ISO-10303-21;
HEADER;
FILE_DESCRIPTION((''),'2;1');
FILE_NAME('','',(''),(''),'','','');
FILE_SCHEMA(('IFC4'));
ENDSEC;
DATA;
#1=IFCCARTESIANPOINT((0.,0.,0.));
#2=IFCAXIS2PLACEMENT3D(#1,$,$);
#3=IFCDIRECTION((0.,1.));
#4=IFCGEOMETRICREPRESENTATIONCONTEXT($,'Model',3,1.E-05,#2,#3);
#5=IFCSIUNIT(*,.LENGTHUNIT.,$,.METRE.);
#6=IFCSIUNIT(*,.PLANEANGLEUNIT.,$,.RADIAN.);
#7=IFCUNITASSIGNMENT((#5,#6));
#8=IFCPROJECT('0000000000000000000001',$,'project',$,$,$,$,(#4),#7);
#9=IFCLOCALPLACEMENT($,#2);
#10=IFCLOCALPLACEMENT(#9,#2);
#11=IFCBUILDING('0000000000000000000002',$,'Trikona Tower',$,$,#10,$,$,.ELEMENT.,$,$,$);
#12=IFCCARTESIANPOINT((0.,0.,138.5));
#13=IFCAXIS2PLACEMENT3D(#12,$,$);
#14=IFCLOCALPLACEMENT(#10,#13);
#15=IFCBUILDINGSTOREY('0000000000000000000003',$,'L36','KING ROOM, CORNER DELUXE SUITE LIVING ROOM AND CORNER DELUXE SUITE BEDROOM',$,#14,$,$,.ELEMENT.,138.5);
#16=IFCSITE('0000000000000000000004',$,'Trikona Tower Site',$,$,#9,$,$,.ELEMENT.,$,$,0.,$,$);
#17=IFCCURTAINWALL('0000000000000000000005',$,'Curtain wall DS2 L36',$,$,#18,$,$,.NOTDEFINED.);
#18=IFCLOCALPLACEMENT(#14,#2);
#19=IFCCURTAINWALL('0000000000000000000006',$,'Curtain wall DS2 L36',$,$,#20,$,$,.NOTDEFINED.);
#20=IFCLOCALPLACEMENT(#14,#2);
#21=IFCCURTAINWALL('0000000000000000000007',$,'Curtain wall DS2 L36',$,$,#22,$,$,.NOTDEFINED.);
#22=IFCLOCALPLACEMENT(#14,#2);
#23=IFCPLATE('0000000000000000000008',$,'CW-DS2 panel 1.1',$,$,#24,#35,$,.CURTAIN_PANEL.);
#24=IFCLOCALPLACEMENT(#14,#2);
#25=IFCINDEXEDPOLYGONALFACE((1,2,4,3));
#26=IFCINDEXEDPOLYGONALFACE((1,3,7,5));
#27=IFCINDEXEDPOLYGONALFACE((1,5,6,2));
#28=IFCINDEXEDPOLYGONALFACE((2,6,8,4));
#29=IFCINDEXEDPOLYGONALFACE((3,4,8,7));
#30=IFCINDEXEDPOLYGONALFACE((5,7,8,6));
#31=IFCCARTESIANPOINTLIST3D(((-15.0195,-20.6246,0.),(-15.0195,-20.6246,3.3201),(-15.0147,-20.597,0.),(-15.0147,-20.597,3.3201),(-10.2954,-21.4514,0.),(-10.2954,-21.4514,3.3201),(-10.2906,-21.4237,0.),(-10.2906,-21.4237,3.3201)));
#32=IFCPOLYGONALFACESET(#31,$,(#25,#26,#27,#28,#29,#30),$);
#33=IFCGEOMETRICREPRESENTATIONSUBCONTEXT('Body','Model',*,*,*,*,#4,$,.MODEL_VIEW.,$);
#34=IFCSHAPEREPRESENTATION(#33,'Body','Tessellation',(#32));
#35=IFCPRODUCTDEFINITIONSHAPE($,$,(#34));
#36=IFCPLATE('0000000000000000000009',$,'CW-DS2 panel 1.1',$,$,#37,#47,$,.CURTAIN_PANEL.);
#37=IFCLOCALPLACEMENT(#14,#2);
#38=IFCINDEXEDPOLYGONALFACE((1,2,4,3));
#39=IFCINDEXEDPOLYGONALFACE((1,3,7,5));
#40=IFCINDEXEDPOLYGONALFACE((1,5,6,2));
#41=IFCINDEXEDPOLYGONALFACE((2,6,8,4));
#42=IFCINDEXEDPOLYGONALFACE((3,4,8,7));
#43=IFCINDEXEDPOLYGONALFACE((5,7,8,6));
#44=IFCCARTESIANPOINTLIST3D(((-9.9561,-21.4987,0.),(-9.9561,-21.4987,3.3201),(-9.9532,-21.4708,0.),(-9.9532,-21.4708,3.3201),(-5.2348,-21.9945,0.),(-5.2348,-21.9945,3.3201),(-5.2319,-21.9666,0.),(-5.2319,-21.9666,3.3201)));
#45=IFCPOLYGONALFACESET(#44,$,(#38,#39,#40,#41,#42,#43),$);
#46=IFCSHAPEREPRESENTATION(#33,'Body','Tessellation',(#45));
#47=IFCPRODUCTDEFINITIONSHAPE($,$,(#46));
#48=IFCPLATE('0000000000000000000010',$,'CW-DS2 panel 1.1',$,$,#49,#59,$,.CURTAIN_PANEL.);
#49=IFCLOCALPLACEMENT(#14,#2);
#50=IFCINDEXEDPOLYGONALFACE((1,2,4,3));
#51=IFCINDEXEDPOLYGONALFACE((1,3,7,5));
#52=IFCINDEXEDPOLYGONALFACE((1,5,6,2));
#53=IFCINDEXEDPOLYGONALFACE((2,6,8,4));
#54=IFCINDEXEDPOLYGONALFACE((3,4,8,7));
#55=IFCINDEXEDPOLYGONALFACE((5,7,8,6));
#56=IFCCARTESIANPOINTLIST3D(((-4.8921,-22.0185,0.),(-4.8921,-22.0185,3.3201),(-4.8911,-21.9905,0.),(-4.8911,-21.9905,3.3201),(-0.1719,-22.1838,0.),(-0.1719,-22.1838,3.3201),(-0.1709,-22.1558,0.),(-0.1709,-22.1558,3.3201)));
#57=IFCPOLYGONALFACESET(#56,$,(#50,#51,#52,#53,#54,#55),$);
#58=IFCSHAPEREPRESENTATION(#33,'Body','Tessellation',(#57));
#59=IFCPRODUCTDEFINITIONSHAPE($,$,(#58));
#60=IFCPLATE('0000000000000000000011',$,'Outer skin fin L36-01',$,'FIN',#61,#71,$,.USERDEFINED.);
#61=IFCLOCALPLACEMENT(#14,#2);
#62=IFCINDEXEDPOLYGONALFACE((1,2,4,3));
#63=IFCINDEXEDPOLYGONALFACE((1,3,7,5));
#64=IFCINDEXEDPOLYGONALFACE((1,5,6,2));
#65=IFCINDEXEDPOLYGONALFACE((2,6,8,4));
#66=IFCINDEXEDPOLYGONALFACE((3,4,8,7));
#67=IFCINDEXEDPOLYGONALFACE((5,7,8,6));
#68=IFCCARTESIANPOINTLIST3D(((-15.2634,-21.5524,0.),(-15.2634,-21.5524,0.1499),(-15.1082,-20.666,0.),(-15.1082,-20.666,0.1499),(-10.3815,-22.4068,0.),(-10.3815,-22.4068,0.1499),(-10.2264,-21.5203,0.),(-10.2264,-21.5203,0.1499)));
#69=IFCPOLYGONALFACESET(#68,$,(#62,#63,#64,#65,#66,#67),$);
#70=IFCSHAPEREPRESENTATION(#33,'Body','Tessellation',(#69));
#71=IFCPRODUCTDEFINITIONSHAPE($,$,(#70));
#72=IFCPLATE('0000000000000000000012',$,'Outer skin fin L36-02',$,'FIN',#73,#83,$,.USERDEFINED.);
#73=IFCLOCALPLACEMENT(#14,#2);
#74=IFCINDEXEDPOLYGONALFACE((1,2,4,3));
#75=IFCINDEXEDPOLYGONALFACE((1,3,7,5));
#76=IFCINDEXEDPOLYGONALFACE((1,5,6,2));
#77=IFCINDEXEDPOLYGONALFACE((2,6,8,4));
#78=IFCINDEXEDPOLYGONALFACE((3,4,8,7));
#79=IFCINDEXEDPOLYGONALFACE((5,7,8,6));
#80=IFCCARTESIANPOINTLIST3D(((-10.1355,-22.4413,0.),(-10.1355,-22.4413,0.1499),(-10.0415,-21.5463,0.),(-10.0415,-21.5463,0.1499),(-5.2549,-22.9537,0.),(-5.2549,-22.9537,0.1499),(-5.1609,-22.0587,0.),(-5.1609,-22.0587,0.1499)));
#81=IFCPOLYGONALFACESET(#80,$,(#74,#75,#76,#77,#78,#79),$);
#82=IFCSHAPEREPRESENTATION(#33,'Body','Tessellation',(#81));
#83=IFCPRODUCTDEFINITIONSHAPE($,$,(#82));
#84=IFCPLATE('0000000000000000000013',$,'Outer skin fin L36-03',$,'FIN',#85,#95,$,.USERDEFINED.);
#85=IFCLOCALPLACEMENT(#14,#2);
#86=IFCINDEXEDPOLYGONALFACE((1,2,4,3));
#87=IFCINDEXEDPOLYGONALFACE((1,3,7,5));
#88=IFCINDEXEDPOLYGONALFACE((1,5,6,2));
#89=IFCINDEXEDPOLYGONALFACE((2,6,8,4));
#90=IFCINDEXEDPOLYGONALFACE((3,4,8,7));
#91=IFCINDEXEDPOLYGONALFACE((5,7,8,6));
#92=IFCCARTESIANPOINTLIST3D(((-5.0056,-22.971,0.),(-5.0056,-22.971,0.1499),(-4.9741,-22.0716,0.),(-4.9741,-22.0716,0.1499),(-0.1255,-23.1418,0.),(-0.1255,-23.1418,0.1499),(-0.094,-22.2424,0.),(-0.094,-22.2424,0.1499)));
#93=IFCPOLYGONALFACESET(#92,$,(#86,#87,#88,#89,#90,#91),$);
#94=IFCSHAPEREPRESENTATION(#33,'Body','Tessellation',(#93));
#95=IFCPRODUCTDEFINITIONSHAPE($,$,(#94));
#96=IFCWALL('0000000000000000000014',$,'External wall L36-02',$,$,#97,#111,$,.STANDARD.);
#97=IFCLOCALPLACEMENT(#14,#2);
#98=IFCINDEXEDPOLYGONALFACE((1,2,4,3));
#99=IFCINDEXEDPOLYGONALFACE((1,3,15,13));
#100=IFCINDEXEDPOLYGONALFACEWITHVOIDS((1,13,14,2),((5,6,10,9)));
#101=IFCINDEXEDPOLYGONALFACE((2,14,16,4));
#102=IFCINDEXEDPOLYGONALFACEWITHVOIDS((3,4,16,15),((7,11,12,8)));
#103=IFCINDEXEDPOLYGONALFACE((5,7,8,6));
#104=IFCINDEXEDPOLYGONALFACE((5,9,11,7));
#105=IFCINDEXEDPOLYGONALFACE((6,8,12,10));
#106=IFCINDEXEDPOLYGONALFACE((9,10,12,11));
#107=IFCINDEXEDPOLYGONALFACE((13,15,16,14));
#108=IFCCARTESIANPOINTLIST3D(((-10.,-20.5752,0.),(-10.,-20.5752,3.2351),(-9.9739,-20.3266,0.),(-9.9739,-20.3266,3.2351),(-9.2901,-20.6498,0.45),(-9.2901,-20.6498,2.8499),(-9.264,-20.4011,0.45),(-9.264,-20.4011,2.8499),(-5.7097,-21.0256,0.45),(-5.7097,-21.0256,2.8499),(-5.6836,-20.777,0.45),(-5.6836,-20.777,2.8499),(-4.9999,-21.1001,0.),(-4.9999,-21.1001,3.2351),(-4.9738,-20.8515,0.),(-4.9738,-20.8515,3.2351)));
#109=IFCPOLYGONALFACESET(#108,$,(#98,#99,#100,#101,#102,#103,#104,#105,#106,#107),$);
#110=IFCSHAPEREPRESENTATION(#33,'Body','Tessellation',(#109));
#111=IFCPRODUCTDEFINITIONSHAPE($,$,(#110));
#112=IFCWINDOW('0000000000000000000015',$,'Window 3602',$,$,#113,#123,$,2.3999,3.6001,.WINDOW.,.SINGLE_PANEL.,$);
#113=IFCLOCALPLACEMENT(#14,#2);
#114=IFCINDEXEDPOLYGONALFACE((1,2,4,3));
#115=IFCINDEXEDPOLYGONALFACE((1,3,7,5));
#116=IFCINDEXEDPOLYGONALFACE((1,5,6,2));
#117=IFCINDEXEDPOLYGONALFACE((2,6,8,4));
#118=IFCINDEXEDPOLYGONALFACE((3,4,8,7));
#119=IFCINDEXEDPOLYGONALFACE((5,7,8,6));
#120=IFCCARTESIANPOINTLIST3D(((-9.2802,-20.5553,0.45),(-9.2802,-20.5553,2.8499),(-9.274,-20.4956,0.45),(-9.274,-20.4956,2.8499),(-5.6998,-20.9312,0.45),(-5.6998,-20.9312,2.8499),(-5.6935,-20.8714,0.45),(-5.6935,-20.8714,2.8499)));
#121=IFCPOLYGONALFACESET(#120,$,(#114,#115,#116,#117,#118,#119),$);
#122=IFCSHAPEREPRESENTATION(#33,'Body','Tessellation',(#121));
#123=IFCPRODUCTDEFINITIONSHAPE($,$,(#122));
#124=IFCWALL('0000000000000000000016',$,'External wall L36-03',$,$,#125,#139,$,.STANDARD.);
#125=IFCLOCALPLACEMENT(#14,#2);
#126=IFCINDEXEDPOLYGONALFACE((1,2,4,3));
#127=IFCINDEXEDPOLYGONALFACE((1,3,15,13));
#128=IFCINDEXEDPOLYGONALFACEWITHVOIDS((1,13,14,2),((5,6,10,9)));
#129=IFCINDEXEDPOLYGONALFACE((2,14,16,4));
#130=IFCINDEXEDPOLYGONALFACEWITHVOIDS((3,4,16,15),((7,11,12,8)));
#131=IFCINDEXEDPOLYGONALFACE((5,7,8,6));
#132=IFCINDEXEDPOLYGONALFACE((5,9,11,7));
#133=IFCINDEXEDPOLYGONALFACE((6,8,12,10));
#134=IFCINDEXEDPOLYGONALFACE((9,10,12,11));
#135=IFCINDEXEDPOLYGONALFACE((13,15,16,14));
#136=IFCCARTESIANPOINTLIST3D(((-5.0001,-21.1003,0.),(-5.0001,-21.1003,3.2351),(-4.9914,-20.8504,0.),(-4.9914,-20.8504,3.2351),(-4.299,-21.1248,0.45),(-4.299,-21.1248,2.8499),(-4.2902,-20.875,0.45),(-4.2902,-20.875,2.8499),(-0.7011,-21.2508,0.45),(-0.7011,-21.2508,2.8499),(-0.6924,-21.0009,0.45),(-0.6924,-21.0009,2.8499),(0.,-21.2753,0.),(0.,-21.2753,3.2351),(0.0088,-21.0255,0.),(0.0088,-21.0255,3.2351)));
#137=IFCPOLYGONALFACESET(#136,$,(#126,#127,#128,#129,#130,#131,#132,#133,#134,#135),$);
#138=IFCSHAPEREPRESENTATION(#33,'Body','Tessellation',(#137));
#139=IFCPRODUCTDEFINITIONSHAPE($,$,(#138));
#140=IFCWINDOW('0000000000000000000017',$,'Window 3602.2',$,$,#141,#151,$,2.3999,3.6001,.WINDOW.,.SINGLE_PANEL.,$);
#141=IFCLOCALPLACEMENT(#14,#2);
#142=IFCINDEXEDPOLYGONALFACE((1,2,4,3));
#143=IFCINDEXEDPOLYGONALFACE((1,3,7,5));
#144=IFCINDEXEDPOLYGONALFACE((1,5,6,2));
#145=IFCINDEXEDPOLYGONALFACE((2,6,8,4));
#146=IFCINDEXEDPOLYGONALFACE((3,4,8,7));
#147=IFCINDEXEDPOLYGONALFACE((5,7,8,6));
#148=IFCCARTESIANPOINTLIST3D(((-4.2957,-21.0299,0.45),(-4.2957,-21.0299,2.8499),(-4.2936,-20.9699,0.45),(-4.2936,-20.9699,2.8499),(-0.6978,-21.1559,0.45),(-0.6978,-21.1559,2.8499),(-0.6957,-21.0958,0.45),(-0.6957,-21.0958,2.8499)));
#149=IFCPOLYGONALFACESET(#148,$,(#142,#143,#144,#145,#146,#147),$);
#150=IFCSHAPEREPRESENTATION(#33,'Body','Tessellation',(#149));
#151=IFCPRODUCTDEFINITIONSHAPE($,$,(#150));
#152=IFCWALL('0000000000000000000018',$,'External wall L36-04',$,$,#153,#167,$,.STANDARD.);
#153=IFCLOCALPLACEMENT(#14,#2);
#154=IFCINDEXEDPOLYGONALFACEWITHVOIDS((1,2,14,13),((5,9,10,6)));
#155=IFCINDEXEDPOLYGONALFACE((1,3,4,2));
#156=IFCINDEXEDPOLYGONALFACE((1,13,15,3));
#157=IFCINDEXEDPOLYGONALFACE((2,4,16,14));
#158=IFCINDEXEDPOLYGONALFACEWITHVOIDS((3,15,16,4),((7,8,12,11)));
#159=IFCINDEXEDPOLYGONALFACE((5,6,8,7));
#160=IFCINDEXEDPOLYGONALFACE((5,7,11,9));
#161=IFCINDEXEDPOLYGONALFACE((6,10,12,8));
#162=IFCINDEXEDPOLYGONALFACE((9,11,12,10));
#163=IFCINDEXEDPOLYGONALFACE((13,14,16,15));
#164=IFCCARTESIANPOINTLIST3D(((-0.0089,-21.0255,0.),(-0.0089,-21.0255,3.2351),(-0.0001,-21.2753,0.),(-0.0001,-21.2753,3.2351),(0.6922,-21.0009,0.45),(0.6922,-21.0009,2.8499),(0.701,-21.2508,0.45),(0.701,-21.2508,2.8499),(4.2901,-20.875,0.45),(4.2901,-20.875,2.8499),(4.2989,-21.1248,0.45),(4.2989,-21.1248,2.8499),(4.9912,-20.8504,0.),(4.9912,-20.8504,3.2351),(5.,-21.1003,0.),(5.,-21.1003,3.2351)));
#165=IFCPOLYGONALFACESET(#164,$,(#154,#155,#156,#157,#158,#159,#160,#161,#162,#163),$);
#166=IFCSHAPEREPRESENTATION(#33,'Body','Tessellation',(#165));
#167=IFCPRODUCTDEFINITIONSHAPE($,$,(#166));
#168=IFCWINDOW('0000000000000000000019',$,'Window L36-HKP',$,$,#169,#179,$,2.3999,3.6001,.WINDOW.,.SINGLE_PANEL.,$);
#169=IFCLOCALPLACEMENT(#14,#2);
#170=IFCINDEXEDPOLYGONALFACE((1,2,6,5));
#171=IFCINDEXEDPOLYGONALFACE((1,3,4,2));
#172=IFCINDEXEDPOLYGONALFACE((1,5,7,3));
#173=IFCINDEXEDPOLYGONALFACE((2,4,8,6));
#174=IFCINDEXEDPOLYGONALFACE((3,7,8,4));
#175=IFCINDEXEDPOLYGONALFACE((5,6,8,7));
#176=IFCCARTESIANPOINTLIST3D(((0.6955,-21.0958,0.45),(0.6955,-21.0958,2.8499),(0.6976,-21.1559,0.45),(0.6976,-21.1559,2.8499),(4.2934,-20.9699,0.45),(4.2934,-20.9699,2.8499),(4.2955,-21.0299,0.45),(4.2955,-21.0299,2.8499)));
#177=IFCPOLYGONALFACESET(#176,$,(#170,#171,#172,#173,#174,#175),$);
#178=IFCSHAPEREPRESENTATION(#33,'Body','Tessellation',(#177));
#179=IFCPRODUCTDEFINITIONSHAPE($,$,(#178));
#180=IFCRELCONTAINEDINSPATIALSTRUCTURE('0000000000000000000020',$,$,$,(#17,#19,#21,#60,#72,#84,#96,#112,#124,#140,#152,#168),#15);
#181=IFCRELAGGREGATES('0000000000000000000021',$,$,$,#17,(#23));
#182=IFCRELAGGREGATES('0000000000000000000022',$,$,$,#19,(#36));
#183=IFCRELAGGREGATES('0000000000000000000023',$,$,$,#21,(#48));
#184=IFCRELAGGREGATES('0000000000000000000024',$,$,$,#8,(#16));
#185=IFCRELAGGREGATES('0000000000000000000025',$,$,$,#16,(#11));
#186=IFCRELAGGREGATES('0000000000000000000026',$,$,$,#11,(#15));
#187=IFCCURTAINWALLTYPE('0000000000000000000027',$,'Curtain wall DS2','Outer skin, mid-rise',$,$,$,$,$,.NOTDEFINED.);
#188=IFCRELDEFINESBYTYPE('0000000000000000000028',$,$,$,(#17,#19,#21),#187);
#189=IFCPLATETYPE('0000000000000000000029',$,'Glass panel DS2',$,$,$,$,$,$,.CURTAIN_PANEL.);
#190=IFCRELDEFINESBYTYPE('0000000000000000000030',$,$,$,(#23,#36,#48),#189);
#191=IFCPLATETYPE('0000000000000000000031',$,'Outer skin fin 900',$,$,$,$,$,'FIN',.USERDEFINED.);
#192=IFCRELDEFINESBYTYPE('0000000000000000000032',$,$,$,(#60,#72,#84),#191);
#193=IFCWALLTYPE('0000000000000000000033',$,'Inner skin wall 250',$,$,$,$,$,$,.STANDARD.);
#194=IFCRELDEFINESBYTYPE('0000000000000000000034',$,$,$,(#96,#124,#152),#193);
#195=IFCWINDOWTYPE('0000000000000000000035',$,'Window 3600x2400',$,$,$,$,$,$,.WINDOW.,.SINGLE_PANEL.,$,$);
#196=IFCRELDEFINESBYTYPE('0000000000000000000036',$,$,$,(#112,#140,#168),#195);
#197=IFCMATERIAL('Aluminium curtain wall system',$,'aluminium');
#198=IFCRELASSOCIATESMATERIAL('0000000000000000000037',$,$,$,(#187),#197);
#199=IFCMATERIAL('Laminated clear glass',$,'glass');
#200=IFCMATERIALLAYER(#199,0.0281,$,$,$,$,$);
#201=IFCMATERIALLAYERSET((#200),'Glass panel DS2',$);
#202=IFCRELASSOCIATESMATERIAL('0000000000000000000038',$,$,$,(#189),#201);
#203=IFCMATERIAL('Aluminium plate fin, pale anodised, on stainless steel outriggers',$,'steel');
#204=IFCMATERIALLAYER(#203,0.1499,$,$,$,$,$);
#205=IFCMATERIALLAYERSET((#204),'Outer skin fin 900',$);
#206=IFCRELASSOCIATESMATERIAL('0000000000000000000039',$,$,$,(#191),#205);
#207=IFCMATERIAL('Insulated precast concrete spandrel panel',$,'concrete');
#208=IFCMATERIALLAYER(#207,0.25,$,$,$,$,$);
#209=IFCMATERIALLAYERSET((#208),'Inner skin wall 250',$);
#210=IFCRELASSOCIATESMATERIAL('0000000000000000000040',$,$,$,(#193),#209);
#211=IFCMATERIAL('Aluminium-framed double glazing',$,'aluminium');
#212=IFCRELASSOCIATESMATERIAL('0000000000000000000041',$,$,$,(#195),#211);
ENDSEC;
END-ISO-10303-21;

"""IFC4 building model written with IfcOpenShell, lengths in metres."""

from ifc_helpers import new_model, si_unit, direction, frame, frame_2d, origin, origin_2d, place, context, subcontext, project, spatial, rectangle, extrude, material, layer, layer_set, type_object, element, fill, aggregate, save


model = new_model("IFC4")

# Units and contexts
model_context = context("Model", 3, precision=1e-05, world=origin(), true_north=direction((0.0, 1.0)))
body_context = subcontext(model_context, "Body", "Model", "MODEL_VIEW")
ifc_project = project(units=[si_unit("LENGTHUNIT", "METRE"), si_unit("PLANEANGLEUNIT", "RADIAN")], contexts=[model_context])

# Site, building, storey
site_placement = place(None, origin())
site = spatial("IfcSite", under=ifc_project, at=site_placement, Name="Trikona Tower Site", CompositionType="ELEMENT", RefElevation=0.0)
building_placement = place(site_placement, origin())
building = spatial("IfcBuilding", under=site, at=building_placement, Name="Trikona Tower", CompositionType="ELEMENT")
storey_placement = place(building_placement, frame((0.0, 0.0, 138.5)))
storey = spatial("IfcBuildingStorey", under=building, at=storey_placement, Name="L36", Description="KING ROOM, CORNER DELUXE SUITE LIVING ROOM AND CORNER DELUXE SUITE BEDROOM", CompositionType="ELEMENT", Elevation=138.5)

# Curtain wall
ifc_material_1 = material(Name="Aluminium curtain wall system", Category="aluminium")
curtain_wall_type = type_object("IfcCurtainWallType", Name="Curtain wall DS2", Description="Outer skin, mid-rise", PredefinedType="NOTDEFINED", material=ifc_material_1)
curtain_wall_1_placement = place(storey_placement, origin())
curtain_wall_1 = element("IfcCurtainWall", 1, at=curtain_wall_1_placement, inside=storey, type_object=curtain_wall_type, Name="Curtain wall DS2 L36", PredefinedType="NOTDEFINED")

# Curtain walls
curtain_wall_2_placement = place(storey_placement, origin())
curtain_wall_2 = element("IfcCurtainWall", 2, at=curtain_wall_2_placement, inside=storey, type_object=curtain_wall_type, Name="Curtain wall DS2 L36", PredefinedType="NOTDEFINED")
curtain_wall_3_placement = place(storey_placement, origin())
curtain_wall_3 = element("IfcCurtainWall", 3, at=curtain_wall_3_placement, inside=storey, type_object=curtain_wall_type, Name="Curtain wall DS2 L36", PredefinedType="NOTDEFINED")

# Plates
ifc_material_2 = material(Name="Laminated clear glass", Category="glass")
ifc_layer_1 = layer(ifc_material_2, 0.0281)
ifc_layer_set_1 = layer_set([ifc_layer_1], Name="Glass panel DS2")
plate_type_1 = type_object("IfcPlateType", Name="Glass panel DS2", PredefinedType="CURTAIN_PANEL", material=ifc_layer_set_1)
plate_1_placement = place(storey_placement, frame((-12.655, -21.0242, 0.0), z_axis=(0.0, 0.0, 1.0), x_axis=(0.985031, -0.172377, 0.0)))
plate_1 = element("IfcPlate", 4, at=plate_1_placement, type_object=plate_type_1, Name="CW-DS2 panel 1.1", PredefinedType="CURTAIN_PANEL", context=body_context, shape_type="SweptSolid", body=[
    extrude(rectangle(XDim=4.7959, YDim=0.0281, at=origin_2d()), origin(), (0.0, 0.0, 1.0), 3.3201),
])
aggregate(curtain_wall_1, [plate_1])
plate_2_placement = place(storey_placement, frame((-7.594, -21.7327, 0.0), z_axis=(0.0, 0.0, 1.0), x_axis=(0.994532, -0.104433, 0.0)))
plate_2 = element("IfcPlate", 5, at=plate_2_placement, type_object=plate_type_1, Name="CW-DS2 panel 1.1", PredefinedType="CURTAIN_PANEL", context=body_context, shape_type="SweptSolid", body=[
    extrude(rectangle(XDim=4.7473, YDim=0.0281, at=origin_2d()), origin(), (0.0, 0.0, 1.0), 3.3201),
])
aggregate(curtain_wall_2, [plate_2])
plate_3_placement = place(storey_placement, frame((-2.5315, -22.0872, 0.0), z_axis=(0.0, 0.0, 1.0), x_axis=(0.999387, -0.034998, 0.0)))
plate_3 = element("IfcPlate", 6, at=plate_3_placement, type_object=plate_type_1, Name="CW-DS2 panel 1.1", PredefinedType="CURTAIN_PANEL", context=body_context, shape_type="SweptSolid", body=[
    extrude(rectangle(XDim=4.7231, YDim=0.0281, at=origin_2d()), origin(), (0.0, 0.0, 1.0), 3.3201),
])
aggregate(curtain_wall_3, [plate_3])

# Plates
ifc_material_3 = material(Name="Aluminium plate fin, pale anodised, on stainless steel outriggers", Category="steel")
ifc_layer_2 = layer(ifc_material_3, 0.1499)
ifc_layer_set_2 = layer_set([ifc_layer_2], Name="Outer skin fin 900")
plate_type_2 = type_object("IfcPlateType", Name="Outer skin fin 900", ElementType="FIN", PredefinedType="USERDEFINED", material=ifc_layer_set_2)
plate_4_placement = place(storey_placement, frame((-12.7449, -21.5364, 0.0), z_axis=(0.0, 0.0, 1.0), x_axis=(0.985031, -0.17238, 0.0)))
element("IfcPlate", 7, at=plate_4_placement, inside=storey, type_object=plate_type_2, Name="Outer skin fin L36-01", ObjectType="FIN", PredefinedType="USERDEFINED", context=body_context, shape_type="SweptSolid", body=[
    extrude(rectangle(XDim=4.9561, YDim=0.8999, at=origin_2d()), origin(), (0.0, 0.0, 1.0), 0.1499),
])
plate_5_placement = place(storey_placement, frame((-7.6482, -22.25, 0.0), z_axis=(0.0, 0.0, 1.0), x_axis=(0.994533, -0.104426, 0.0)))
element("IfcPlate", 8, at=plate_5_placement, inside=storey, type_object=plate_type_2, Name="Outer skin fin L36-02", ObjectType="FIN", PredefinedType="USERDEFINED", context=body_context, shape_type="SweptSolid", body=[
    extrude(rectangle(XDim=4.9075, YDim=0.8999, at=origin_2d()), origin(), (0.0, 0.0, 1.0), 0.1499),
])
plate_6_placement = place(storey_placement, frame((-2.5498, -22.6067, 0.0), z_axis=(0.0, 0.0, 1.0), x_axis=(0.999388, -0.034978, 0.0)))
element("IfcPlate", 9, at=plate_6_placement, inside=storey, type_object=plate_type_2, Name="Outer skin fin L36-03", ObjectType="FIN", PredefinedType="USERDEFINED", context=body_context, shape_type="SweptSolid", body=[
    extrude(rectangle(XDim=4.8831, YDim=0.8999, at=origin_2d()), origin(), (0.0, 0.0, 1.0), 0.1499),
])

# Walls, openings, windows
ifc_material_4 = material(Name="Insulated precast concrete spandrel panel", Category="concrete")
ifc_layer_3 = layer(ifc_material_4, 0.25)
ifc_layer_set_3 = layer_set([ifc_layer_3], Name="Inner skin wall 250")
wall_type = type_object("IfcWallType", Name="Inner skin wall 250", PredefinedType="STANDARD", material=ifc_layer_set_3)
wall_1_placement = place(storey_placement, frame((-9.9868, -20.4509, 0.0), z_axis=(0.0, 0.0, 1.0), x_axis=(0.994535, -0.104407, 0.0)))
wall_1 = element("IfcWall", 10, at=wall_1_placement, inside=storey, type_object=wall_type, Name="External wall L36-02", PredefinedType="STANDARD", context=body_context, shape_type="SweptSolid", body=[
    extrude(rectangle(XDim=5.0276, YDim=0.25, at=frame_2d((2.5137, 0.0))), origin(), (0.0, 0.0, 1.0), 3.2351),
])
opening_1_placement = place(wall_1_placement, frame((0.7136, 0.0, 0.45)))
opening_1 = element("IfcOpeningElement", 11, at=opening_1_placement, cuts=wall_1, PredefinedType="OPENING", context=body_context, shape_type="SweptSolid", body=[
    extrude(rectangle(XDim=3.6001, YDim=2.3999, at=frame_2d((1.8, 1.2))), frame((0.0, 0.135, 0.0), z_axis=(0.0, -1.0, 0.0), x_axis=(1.0, 0.0, 0.0)), (0.0, 0.0, 1.0), 0.27),
])
ifc_material_5 = material(Name="Aluminium-framed double glazing", Category="aluminium")
window_type = type_object("IfcWindowType", Name="Window 3600x2400", PartitioningType="SINGLE_PANEL", PredefinedType="WINDOW", material=ifc_material_5)
window_1_placement = place(opening_1_placement, origin())
window_1 = element("IfcWindow", 12, at=window_1_placement, inside=storey, type_object=window_type, Name="Window 3602", OverallHeight=2.3999, OverallWidth=3.6001, PartitioningType="SINGLE_PANEL", PredefinedType="WINDOW", context=body_context, shape_type="SweptSolid", body=[
    extrude(rectangle(XDim=3.6001, YDim=2.3999, at=frame_2d((1.8, 1.2))), frame((0.0, 0.03, 0.0), z_axis=(0.0, -1.0, 0.0), x_axis=(1.0, 0.0, 0.0)), (0.0, 0.0, 1.0), 0.0601),
])
fill(opening_1, window_1)
wall_2_placement = place(storey_placement, frame((-4.9956, -20.9753, 0.0), z_axis=(0.0, 0.0, 1.0), x_axis=(0.999388, -0.034988, 0.0)))
wall_2 = element("IfcWall", 13, at=wall_2_placement, inside=storey, type_object=wall_type, Name="External wall L36-03", PredefinedType="STANDARD", context=body_context, shape_type="SweptSolid", body=[
    extrude(rectangle(XDim=5.0032, YDim=0.25, at=frame_2d((2.5015, 0.0))), origin(), (0.0, 0.0, 1.0), 3.2351),
])
opening_2_placement = place(wall_2_placement, frame((0.7014, 0.0, 0.45)))
opening_2 = element("IfcOpeningElement", 14, at=opening_2_placement, cuts=wall_2, PredefinedType="OPENING", context=body_context, shape_type="SweptSolid", body=[
    extrude(rectangle(XDim=3.6001, YDim=2.3999, at=frame_2d((1.8, 1.2))), frame((0.0, 0.135, 0.0), z_axis=(0.0, -1.0, 0.0), x_axis=(1.0, 0.0, 0.0)), (0.0, 0.0, 1.0), 0.27),
])
window_2_placement = place(opening_2_placement, origin())
window_2 = element("IfcWindow", 15, at=window_2_placement, inside=storey, type_object=window_type, Name="Window 3602.2", OverallHeight=2.3999, OverallWidth=3.6001, PartitioningType="SINGLE_PANEL", PredefinedType="WINDOW", context=body_context, shape_type="SweptSolid", body=[
    extrude(rectangle(XDim=3.6001, YDim=2.3999, at=frame_2d((1.8, 1.2))), frame((0.0, 0.03, 0.0), z_axis=(0.0, -1.0, 0.0), x_axis=(1.0, 0.0, 0.0)), (0.0, 0.0, 1.0), 0.0601),
])
fill(opening_2, window_2)
wall_3_placement = place(storey_placement, frame((-0.0044, -21.1504, 0.0), z_axis=(0.0, 0.0, 1.0), x_axis=(0.999388, 0.034988, 0.0)))
wall_3 = element("IfcWall", 16, at=wall_3_placement, inside=storey, type_object=wall_type, Name="External wall L36-04", PredefinedType="STANDARD", context=body_context, shape_type="SweptSolid", body=[
    extrude(rectangle(XDim=5.0032, YDim=0.25, at=frame_2d((2.5015, 0.0))), origin(), (0.0, 0.0, 1.0), 3.2351),
])
opening_3_placement = place(wall_3_placement, frame((0.7014, 0.0, 0.45)))
opening_3 = element("IfcOpeningElement", 17, at=opening_3_placement, cuts=wall_3, PredefinedType="OPENING", context=body_context, shape_type="SweptSolid", body=[
    extrude(rectangle(XDim=3.6001, YDim=2.3999, at=frame_2d((1.8, 1.2))), frame((0.0, 0.135, 0.0), z_axis=(0.0, -1.0, 0.0), x_axis=(1.0, 0.0, 0.0)), (0.0, 0.0, 1.0), 0.27),
])
window_3_placement = place(opening_3_placement, origin())
window_3 = element("IfcWindow", 18, at=window_3_placement, inside=storey, type_object=window_type, Name="Window L36-HKP", OverallHeight=2.3999, OverallWidth=3.6001, PartitioningType="SINGLE_PANEL", PredefinedType="WINDOW", context=body_context, shape_type="SweptSolid", body=[
    extrude(rectangle(XDim=3.6001, YDim=2.3999, at=frame_2d((1.8, 1.2))), frame((0.0, 0.03, 0.0), z_axis=(0.0, -1.0, 0.0), x_axis=(1.0, 0.0, 0.0)), (0.0, 0.0, 1.0), 0.0601),
])
fill(opening_3, window_3)

save(model, "model.ifc")
